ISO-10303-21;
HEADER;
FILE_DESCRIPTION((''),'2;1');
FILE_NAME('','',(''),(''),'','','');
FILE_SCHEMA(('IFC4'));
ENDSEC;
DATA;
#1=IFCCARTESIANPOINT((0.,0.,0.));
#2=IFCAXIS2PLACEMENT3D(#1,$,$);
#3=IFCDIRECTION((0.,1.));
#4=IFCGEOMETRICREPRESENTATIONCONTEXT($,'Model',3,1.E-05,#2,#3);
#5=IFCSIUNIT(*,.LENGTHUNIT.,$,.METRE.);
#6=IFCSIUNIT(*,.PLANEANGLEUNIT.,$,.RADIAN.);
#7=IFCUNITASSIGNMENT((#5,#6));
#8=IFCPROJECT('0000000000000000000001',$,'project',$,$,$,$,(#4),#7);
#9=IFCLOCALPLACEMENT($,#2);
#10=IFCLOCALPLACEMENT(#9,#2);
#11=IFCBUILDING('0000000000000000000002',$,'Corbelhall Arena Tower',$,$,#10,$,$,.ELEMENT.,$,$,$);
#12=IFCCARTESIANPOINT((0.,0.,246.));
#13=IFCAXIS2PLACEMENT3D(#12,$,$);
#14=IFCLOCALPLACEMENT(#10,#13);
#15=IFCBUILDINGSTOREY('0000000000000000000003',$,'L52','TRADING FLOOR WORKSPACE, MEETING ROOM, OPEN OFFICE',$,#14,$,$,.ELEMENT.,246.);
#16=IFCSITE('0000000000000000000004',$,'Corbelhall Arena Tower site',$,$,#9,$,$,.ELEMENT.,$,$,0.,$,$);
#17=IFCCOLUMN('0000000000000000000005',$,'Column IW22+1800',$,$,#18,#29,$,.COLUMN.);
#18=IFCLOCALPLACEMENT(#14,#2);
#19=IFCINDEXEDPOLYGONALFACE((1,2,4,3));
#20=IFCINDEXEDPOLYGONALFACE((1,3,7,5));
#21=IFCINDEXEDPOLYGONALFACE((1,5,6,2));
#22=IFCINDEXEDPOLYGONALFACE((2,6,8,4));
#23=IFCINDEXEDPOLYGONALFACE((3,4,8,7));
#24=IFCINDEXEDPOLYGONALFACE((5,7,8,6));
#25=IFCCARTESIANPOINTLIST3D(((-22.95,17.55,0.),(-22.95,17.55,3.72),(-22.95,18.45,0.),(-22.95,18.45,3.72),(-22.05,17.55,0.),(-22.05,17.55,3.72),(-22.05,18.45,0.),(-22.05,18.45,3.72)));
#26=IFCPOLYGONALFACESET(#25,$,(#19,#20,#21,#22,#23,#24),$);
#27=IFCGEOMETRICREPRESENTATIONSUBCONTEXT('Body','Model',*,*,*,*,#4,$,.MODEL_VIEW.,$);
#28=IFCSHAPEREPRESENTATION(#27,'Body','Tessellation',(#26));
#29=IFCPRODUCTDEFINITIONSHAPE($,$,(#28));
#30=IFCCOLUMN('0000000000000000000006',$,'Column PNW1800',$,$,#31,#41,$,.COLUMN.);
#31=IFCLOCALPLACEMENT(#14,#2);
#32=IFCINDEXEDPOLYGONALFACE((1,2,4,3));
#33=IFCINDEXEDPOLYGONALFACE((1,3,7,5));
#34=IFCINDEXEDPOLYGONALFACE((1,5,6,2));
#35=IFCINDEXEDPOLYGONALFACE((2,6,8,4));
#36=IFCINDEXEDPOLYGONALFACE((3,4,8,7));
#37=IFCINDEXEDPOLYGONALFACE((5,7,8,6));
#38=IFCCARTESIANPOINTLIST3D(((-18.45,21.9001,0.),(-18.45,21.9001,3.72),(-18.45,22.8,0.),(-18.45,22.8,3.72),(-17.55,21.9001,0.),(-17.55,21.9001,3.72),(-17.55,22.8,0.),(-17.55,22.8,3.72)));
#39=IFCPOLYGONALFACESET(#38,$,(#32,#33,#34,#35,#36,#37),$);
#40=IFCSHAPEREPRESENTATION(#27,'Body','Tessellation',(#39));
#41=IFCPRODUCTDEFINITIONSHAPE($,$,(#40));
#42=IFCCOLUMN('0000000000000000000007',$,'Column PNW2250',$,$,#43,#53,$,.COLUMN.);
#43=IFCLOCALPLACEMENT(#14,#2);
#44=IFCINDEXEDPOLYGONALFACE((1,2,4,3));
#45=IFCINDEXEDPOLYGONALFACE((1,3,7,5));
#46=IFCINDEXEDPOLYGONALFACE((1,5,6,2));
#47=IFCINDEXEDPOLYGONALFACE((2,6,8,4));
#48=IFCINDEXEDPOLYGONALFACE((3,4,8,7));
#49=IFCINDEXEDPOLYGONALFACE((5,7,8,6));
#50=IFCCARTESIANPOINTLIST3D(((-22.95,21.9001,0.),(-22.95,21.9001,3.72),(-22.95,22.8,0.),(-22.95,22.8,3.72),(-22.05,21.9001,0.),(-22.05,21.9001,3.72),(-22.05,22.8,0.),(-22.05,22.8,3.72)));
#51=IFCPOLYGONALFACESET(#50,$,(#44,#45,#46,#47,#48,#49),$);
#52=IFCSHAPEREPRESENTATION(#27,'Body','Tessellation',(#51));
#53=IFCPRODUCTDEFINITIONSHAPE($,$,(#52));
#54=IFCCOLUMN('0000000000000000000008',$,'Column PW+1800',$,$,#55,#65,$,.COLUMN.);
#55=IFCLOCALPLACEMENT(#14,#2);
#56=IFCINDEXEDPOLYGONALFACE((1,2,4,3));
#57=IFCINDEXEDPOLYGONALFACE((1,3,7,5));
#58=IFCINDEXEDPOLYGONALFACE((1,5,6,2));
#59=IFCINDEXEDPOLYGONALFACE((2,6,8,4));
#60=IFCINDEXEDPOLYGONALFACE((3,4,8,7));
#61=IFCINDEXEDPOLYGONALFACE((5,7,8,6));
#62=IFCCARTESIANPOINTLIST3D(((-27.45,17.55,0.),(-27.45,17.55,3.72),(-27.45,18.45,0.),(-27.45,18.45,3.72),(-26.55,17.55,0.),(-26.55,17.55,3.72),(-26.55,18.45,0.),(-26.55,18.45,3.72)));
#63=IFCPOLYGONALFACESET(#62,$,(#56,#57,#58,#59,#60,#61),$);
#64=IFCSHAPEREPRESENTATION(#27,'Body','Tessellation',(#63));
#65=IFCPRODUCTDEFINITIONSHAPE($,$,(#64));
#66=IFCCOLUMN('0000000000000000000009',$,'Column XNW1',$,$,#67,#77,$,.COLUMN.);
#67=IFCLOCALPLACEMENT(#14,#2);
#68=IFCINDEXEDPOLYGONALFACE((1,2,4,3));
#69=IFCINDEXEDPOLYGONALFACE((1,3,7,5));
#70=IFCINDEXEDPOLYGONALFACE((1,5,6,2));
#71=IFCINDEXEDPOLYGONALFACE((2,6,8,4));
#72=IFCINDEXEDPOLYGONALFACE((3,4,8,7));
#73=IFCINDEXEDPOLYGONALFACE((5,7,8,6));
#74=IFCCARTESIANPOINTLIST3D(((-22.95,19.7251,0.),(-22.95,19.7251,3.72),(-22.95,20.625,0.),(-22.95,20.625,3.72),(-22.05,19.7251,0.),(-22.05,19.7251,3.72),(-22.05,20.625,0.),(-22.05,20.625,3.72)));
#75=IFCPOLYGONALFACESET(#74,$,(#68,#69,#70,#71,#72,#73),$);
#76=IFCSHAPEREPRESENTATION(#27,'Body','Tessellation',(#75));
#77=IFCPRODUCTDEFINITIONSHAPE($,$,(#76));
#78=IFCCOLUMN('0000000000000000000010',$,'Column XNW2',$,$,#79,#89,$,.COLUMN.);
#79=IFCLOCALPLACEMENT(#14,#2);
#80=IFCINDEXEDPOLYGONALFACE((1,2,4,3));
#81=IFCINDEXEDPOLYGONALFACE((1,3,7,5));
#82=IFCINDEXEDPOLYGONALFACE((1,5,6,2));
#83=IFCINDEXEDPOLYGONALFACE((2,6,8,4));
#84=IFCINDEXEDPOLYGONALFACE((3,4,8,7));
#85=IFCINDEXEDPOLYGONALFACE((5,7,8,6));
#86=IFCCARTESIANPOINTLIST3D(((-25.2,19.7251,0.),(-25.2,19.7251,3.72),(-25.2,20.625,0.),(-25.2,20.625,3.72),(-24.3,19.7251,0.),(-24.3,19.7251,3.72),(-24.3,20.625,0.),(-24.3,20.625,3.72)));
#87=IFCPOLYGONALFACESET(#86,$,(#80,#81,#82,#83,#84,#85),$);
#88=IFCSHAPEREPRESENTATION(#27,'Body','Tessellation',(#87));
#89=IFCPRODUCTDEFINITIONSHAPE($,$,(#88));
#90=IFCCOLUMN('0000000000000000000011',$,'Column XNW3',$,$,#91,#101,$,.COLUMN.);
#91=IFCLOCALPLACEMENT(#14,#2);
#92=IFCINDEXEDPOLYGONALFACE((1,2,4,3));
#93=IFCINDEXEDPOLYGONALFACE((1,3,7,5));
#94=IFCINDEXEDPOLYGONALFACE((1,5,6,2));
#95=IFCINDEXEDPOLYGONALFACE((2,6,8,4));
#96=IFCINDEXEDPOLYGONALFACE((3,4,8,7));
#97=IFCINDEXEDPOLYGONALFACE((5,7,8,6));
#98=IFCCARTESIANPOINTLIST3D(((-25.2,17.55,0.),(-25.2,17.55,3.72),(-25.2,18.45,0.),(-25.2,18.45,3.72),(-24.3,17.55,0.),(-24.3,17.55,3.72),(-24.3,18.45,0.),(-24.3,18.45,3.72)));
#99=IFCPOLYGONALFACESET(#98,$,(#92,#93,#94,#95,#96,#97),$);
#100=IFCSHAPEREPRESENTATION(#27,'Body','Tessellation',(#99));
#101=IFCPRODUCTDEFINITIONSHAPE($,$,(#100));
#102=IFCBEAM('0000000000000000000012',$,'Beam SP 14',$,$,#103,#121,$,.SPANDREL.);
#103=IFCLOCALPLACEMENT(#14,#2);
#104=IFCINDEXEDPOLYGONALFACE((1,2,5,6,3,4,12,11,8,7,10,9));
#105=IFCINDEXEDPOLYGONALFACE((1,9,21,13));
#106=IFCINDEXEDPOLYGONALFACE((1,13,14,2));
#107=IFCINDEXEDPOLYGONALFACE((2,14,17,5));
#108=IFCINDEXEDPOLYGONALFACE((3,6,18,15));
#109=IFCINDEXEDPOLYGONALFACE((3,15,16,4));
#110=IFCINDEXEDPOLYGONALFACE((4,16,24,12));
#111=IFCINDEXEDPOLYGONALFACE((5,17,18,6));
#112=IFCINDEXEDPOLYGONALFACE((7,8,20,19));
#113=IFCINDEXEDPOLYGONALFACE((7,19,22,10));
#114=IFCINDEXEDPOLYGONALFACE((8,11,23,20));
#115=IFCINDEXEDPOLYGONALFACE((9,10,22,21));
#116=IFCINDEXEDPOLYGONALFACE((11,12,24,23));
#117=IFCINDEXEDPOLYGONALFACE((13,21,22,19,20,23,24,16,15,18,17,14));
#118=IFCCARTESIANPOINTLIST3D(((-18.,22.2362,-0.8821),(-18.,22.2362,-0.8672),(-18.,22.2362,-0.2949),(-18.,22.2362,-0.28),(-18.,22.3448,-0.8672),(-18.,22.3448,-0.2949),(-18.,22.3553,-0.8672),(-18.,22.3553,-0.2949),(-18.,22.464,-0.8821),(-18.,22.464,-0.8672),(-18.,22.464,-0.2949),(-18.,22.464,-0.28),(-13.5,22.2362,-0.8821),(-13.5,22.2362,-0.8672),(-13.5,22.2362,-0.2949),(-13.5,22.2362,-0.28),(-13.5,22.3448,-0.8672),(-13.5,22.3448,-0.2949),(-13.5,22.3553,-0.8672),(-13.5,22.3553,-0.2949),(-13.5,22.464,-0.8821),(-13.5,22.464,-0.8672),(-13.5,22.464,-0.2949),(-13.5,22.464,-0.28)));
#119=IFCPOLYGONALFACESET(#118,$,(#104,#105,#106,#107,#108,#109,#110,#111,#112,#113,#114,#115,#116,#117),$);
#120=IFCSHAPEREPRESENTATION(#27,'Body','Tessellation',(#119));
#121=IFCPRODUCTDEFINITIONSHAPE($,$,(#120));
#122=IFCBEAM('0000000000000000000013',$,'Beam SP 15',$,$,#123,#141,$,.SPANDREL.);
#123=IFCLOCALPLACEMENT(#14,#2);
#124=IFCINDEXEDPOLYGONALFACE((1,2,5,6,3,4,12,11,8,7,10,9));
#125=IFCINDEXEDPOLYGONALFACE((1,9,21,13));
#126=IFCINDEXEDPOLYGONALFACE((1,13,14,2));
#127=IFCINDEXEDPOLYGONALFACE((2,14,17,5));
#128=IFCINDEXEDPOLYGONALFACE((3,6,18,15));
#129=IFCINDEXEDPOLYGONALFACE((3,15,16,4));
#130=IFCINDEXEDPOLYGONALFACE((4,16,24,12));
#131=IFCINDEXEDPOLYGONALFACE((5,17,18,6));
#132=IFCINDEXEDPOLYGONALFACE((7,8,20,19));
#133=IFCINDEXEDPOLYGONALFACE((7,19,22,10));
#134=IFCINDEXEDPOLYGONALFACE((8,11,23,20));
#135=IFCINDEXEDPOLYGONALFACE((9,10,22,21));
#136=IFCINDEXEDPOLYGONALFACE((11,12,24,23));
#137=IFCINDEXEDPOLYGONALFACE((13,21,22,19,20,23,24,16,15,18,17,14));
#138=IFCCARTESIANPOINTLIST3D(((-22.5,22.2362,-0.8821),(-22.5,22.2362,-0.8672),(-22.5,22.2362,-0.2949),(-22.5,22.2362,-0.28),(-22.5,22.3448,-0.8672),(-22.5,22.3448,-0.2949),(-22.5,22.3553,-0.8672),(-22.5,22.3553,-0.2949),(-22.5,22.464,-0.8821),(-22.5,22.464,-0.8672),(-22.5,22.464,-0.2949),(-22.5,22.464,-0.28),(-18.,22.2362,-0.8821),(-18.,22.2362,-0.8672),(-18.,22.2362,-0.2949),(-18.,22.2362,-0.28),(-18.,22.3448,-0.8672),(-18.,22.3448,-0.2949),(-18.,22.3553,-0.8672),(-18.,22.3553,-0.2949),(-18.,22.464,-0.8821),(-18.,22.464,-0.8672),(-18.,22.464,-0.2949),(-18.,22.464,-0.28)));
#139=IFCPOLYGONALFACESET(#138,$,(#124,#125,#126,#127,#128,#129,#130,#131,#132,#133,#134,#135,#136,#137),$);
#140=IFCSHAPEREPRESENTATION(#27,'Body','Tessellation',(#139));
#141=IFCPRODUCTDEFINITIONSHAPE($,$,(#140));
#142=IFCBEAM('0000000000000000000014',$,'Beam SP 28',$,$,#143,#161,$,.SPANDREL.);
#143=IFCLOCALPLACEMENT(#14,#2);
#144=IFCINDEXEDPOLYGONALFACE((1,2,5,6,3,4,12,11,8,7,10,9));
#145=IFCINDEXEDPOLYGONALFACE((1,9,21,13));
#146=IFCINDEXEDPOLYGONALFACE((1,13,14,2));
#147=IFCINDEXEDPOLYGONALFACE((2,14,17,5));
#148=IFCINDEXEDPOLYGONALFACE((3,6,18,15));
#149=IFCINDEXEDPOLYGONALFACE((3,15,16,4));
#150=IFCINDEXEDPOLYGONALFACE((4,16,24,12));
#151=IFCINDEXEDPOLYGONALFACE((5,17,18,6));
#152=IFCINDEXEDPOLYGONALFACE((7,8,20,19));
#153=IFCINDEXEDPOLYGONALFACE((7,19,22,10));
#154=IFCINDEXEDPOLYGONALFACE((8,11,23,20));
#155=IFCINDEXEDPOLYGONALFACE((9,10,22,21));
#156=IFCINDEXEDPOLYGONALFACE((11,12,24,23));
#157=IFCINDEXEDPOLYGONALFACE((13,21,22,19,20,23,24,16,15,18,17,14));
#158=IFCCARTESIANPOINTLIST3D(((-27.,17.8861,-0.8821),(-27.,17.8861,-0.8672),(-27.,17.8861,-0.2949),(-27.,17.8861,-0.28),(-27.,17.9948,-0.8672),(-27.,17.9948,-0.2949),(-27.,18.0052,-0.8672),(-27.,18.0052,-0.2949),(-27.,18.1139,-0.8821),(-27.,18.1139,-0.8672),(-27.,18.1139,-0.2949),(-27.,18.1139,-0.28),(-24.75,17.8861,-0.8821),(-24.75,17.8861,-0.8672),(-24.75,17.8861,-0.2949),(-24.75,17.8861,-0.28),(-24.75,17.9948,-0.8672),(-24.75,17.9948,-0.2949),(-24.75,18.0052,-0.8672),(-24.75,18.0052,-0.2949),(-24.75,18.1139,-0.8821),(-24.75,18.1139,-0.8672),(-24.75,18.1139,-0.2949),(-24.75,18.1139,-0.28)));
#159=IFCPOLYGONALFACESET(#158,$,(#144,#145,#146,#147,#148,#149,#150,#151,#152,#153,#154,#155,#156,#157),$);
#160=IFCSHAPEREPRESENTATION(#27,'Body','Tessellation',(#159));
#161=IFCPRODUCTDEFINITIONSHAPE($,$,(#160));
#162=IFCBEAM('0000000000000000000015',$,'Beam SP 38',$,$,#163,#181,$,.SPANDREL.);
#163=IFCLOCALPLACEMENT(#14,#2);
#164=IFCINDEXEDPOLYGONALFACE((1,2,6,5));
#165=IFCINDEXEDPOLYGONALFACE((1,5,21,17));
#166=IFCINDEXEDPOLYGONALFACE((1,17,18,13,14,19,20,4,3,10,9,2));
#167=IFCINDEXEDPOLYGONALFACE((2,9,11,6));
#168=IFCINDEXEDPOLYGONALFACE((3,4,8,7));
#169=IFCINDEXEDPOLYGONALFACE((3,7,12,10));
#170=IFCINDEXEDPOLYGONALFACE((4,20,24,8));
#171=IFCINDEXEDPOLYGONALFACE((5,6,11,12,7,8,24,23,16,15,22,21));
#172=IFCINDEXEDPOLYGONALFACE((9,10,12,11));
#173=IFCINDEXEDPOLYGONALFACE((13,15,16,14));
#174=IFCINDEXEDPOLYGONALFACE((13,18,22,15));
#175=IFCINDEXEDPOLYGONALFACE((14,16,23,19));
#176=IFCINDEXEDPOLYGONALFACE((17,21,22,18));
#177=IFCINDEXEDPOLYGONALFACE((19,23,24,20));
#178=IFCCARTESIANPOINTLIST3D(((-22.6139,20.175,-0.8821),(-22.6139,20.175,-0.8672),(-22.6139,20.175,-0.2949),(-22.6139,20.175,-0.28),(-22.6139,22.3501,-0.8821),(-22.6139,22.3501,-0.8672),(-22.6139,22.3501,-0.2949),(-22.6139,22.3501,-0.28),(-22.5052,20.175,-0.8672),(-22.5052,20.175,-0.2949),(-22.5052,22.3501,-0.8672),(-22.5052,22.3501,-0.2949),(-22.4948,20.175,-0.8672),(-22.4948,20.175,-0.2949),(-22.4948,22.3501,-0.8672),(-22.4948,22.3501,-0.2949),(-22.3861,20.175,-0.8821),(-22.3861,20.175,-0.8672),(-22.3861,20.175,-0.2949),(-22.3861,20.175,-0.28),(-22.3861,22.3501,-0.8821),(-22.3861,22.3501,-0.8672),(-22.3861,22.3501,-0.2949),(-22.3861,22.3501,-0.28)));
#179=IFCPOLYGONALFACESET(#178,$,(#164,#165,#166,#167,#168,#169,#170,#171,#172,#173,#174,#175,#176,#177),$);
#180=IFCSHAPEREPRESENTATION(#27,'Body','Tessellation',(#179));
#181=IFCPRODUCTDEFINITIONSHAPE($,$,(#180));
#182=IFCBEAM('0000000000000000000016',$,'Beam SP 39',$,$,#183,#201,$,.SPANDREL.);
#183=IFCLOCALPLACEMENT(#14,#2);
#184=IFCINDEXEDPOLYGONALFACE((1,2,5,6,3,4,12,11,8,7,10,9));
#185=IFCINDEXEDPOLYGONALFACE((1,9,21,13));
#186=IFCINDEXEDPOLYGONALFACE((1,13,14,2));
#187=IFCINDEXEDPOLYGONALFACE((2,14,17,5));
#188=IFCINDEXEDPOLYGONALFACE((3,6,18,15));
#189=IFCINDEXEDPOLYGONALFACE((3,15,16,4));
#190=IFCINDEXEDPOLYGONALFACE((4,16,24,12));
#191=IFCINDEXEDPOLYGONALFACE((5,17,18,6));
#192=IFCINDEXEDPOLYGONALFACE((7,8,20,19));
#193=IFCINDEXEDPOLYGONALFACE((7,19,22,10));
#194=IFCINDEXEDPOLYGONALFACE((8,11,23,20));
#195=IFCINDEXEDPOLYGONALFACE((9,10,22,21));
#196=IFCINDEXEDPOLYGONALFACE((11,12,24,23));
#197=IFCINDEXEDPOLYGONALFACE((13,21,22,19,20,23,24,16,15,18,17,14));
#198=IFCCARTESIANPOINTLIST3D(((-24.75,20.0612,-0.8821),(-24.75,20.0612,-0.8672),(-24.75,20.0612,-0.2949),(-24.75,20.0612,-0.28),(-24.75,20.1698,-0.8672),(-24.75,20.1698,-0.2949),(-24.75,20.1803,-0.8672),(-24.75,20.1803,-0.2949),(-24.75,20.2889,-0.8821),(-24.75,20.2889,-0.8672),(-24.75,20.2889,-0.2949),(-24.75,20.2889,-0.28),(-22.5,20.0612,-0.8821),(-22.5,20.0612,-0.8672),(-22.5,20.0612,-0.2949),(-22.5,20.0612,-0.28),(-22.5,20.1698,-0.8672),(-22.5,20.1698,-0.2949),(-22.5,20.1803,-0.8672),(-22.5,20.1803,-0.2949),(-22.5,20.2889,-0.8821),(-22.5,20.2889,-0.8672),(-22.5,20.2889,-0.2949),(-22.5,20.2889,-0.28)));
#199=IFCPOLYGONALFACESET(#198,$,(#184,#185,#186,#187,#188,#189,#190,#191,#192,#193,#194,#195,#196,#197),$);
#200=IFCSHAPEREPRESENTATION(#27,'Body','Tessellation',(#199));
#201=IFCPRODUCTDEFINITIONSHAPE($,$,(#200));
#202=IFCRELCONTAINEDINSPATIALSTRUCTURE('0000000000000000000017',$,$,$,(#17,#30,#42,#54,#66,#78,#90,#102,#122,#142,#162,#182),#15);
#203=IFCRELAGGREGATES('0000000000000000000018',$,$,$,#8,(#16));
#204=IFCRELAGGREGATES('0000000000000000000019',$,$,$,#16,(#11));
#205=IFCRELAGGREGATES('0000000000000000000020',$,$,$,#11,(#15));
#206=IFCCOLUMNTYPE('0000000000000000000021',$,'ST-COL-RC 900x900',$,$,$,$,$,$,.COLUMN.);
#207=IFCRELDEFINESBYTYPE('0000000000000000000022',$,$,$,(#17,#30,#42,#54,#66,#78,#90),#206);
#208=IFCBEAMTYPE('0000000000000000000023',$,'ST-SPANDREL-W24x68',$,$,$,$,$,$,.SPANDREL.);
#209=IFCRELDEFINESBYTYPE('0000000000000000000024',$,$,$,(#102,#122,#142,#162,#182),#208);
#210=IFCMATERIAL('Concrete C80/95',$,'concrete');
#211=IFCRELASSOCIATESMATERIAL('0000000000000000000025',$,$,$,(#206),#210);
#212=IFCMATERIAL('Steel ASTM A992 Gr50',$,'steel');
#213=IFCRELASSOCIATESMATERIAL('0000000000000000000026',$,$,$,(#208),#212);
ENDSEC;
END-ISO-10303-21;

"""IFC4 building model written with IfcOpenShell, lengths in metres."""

from ifc_helpers import new_model, si_unit, direction, frame, origin, origin_2d, place, context, subcontext, project, spatial, rectangle, i_section, extrude, material, material_profile, profile_set, type_object, element, save


model = new_model("IFC4")

# Units and contexts
model_context = context("Model", 3, precision=1e-05, world=origin(), true_north=direction((0.0, 1.0)))
body_context = subcontext(model_context, "Body", "Model", "MODEL_VIEW")
ifc_project = project(units=[si_unit("LENGTHUNIT", "METRE"), si_unit("PLANEANGLEUNIT", "RADIAN")], contexts=[model_context])

# Site, building, storey
site_placement = place(None, origin())
site = spatial("IfcSite", under=ifc_project, at=site_placement, Name="Corbelhall Arena Tower site", CompositionType="ELEMENT", RefElevation=0.0)
building_placement = place(site_placement, origin())
building = spatial("IfcBuilding", under=site, at=building_placement, Name="Corbelhall Arena Tower", CompositionType="ELEMENT")
storey_placement = place(building_placement, frame((0.0, 0.0, 246.0)))
storey = spatial("IfcBuildingStorey", under=building, at=storey_placement, Name="L52", Description="TRADING FLOOR WORKSPACE, MEETING ROOM, OPEN OFFICE", CompositionType="ELEMENT", Elevation=246.0)

# Columns
ifc_material_1 = material(Name="Concrete C80/95", Category="concrete")
ifc_material_profile_1 = material_profile(ifc_material_1, rectangle(XDim=0.8999, YDim=0.8999, at=origin_2d()))
ifc_profile_set_1 = profile_set([ifc_material_profile_1], Name="Concrete C80/95")
column_type = type_object("IfcColumnType", Name="ST-COL-RC 900x900", PredefinedType="COLUMN", material=ifc_profile_set_1)
for number, where, z_axis, x_axis, name in (
    (1, (-22.5, 18.0, 0.0), (0.0, 0.0, 1.0), (1.0, 0.0, 0.0), "Column IW22+1800"),
    (2, (-18.0, 22.3501, 0.0), (0.0, 0.0, 1.0), (1.0, 0.0, 0.0), "Column PNW1800"),
    (3, (-22.5, 22.3501, 0.0), (0.0, 0.0, 1.0), (1.0, 0.0, 0.0), "Column PNW2250"),
    (4, (-27.0, 18.0, 0.0), (0.0, 0.0, 1.0), (0.0, 1.0, 0.0), "Column PW+1800"),
    (5, (-22.5, 20.175, 0.0), (0.0, 0.0, 1.0), (1.0, 0.0, 0.0), "Column XNW1"),
    (6, (-24.75, 20.175, 0.0), (0.0, 0.0, 1.0), (1.0, 0.0, 0.0), "Column XNW2"),
    (7, (-24.75, 18.0, 0.0), (0.0, 0.0, 1.0), (1.0, 0.0, 0.0), "Column XNW3"),
):
    element("IfcColumn", number, at=place(storey_placement, frame(where, z_axis=z_axis, x_axis=x_axis)), inside=storey, type_object=column_type, Name=name, PredefinedType="COLUMN", context=body_context, shape_type="SweptSolid", body=[
        extrude(rectangle(XDim=0.8999, YDim=0.8999, at=origin_2d()), origin(), (0.0, 0.0, 1.0), 3.72),
    ])

# Beams
ifc_material_2 = material(Name="Steel ASTM A992 Gr50", Category="steel")
ifc_material_profile_2 = material_profile(ifc_material_2, i_section(OverallWidth=0.2278, OverallDepth=0.6021, WebThickness=0.0105, FlangeThickness=0.0149, at=origin_2d()))
ifc_profile_set_2 = profile_set([ifc_material_profile_2], Name="Steel ASTM A992 Gr50")
beam_type = type_object("IfcBeamType", Name="ST-SPANDREL-W24x68", PredefinedType="SPANDREL", material=ifc_profile_set_2)
for number, where, z_axis, x_axis, name in (
    (8, (-18.0, 22.3501, -0.5811), (1.0, 0.0, 0.0), (0.0, 1.0, 0.0), "Beam SP 14"),
    (9, (-22.5, 22.3501, -0.5811), (1.0, 0.0, 0.0), (0.0, 1.0, 0.0), "Beam SP 15"),
):
    element("IfcBeam", number, at=place(storey_placement, frame(where, z_axis=z_axis, x_axis=x_axis)), inside=storey, type_object=beam_type, Name=name, PredefinedType="SPANDREL", context=body_context, shape_type="SweptSolid", body=[
        extrude(i_section(OverallWidth=0.2278, OverallDepth=0.6021, WebThickness=0.0105, FlangeThickness=0.0149, at=origin_2d()), origin(), (0.0, 0.0, 1.0), 4.5),
    ])
beam_1_placement = place(storey_placement, frame((-27.0, 18.0, -0.5811), z_axis=(1.0, 0.0, 0.0), x_axis=(0.0, 1.0, 0.0)))
element("IfcBeam", 10, at=beam_1_placement, inside=storey, type_object=beam_type, Name="Beam SP 28", PredefinedType="SPANDREL", context=body_context, shape_type="SweptSolid", body=[
    extrude(i_section(OverallWidth=0.2278, OverallDepth=0.6021, WebThickness=0.0105, FlangeThickness=0.0149, at=origin_2d()), origin(), (0.0, 0.0, 1.0), 2.25),
])
beam_2_placement = place(storey_placement, frame((-22.5, 20.175, -0.5811), z_axis=(0.0, 1.0, 0.0), x_axis=(-1.0, 0.0, 0.0)))
element("IfcBeam", 11, at=beam_2_placement, inside=storey, type_object=beam_type, Name="Beam SP 38", PredefinedType="SPANDREL", context=body_context, shape_type="SweptSolid", body=[
    extrude(i_section(OverallWidth=0.2278, OverallDepth=0.6021, WebThickness=0.0105, FlangeThickness=0.0149, at=origin_2d()), origin(), (0.0, 0.0, 1.0), 2.175),
])
beam_3_placement = place(storey_placement, frame((-24.75, 20.175, -0.5811), z_axis=(1.0, 0.0, 0.0), x_axis=(0.0, 1.0, 0.0)))
element("IfcBeam", 12, at=beam_3_placement, inside=storey, type_object=beam_type, Name="Beam SP 39", PredefinedType="SPANDREL", context=body_context, shape_type="SweptSolid", body=[
    extrude(i_section(OverallWidth=0.2278, OverallDepth=0.6021, WebThickness=0.0105, FlangeThickness=0.0149, at=origin_2d()), origin(), (0.0, 0.0, 1.0), 2.25),
])

save(model, "model.ifc")
